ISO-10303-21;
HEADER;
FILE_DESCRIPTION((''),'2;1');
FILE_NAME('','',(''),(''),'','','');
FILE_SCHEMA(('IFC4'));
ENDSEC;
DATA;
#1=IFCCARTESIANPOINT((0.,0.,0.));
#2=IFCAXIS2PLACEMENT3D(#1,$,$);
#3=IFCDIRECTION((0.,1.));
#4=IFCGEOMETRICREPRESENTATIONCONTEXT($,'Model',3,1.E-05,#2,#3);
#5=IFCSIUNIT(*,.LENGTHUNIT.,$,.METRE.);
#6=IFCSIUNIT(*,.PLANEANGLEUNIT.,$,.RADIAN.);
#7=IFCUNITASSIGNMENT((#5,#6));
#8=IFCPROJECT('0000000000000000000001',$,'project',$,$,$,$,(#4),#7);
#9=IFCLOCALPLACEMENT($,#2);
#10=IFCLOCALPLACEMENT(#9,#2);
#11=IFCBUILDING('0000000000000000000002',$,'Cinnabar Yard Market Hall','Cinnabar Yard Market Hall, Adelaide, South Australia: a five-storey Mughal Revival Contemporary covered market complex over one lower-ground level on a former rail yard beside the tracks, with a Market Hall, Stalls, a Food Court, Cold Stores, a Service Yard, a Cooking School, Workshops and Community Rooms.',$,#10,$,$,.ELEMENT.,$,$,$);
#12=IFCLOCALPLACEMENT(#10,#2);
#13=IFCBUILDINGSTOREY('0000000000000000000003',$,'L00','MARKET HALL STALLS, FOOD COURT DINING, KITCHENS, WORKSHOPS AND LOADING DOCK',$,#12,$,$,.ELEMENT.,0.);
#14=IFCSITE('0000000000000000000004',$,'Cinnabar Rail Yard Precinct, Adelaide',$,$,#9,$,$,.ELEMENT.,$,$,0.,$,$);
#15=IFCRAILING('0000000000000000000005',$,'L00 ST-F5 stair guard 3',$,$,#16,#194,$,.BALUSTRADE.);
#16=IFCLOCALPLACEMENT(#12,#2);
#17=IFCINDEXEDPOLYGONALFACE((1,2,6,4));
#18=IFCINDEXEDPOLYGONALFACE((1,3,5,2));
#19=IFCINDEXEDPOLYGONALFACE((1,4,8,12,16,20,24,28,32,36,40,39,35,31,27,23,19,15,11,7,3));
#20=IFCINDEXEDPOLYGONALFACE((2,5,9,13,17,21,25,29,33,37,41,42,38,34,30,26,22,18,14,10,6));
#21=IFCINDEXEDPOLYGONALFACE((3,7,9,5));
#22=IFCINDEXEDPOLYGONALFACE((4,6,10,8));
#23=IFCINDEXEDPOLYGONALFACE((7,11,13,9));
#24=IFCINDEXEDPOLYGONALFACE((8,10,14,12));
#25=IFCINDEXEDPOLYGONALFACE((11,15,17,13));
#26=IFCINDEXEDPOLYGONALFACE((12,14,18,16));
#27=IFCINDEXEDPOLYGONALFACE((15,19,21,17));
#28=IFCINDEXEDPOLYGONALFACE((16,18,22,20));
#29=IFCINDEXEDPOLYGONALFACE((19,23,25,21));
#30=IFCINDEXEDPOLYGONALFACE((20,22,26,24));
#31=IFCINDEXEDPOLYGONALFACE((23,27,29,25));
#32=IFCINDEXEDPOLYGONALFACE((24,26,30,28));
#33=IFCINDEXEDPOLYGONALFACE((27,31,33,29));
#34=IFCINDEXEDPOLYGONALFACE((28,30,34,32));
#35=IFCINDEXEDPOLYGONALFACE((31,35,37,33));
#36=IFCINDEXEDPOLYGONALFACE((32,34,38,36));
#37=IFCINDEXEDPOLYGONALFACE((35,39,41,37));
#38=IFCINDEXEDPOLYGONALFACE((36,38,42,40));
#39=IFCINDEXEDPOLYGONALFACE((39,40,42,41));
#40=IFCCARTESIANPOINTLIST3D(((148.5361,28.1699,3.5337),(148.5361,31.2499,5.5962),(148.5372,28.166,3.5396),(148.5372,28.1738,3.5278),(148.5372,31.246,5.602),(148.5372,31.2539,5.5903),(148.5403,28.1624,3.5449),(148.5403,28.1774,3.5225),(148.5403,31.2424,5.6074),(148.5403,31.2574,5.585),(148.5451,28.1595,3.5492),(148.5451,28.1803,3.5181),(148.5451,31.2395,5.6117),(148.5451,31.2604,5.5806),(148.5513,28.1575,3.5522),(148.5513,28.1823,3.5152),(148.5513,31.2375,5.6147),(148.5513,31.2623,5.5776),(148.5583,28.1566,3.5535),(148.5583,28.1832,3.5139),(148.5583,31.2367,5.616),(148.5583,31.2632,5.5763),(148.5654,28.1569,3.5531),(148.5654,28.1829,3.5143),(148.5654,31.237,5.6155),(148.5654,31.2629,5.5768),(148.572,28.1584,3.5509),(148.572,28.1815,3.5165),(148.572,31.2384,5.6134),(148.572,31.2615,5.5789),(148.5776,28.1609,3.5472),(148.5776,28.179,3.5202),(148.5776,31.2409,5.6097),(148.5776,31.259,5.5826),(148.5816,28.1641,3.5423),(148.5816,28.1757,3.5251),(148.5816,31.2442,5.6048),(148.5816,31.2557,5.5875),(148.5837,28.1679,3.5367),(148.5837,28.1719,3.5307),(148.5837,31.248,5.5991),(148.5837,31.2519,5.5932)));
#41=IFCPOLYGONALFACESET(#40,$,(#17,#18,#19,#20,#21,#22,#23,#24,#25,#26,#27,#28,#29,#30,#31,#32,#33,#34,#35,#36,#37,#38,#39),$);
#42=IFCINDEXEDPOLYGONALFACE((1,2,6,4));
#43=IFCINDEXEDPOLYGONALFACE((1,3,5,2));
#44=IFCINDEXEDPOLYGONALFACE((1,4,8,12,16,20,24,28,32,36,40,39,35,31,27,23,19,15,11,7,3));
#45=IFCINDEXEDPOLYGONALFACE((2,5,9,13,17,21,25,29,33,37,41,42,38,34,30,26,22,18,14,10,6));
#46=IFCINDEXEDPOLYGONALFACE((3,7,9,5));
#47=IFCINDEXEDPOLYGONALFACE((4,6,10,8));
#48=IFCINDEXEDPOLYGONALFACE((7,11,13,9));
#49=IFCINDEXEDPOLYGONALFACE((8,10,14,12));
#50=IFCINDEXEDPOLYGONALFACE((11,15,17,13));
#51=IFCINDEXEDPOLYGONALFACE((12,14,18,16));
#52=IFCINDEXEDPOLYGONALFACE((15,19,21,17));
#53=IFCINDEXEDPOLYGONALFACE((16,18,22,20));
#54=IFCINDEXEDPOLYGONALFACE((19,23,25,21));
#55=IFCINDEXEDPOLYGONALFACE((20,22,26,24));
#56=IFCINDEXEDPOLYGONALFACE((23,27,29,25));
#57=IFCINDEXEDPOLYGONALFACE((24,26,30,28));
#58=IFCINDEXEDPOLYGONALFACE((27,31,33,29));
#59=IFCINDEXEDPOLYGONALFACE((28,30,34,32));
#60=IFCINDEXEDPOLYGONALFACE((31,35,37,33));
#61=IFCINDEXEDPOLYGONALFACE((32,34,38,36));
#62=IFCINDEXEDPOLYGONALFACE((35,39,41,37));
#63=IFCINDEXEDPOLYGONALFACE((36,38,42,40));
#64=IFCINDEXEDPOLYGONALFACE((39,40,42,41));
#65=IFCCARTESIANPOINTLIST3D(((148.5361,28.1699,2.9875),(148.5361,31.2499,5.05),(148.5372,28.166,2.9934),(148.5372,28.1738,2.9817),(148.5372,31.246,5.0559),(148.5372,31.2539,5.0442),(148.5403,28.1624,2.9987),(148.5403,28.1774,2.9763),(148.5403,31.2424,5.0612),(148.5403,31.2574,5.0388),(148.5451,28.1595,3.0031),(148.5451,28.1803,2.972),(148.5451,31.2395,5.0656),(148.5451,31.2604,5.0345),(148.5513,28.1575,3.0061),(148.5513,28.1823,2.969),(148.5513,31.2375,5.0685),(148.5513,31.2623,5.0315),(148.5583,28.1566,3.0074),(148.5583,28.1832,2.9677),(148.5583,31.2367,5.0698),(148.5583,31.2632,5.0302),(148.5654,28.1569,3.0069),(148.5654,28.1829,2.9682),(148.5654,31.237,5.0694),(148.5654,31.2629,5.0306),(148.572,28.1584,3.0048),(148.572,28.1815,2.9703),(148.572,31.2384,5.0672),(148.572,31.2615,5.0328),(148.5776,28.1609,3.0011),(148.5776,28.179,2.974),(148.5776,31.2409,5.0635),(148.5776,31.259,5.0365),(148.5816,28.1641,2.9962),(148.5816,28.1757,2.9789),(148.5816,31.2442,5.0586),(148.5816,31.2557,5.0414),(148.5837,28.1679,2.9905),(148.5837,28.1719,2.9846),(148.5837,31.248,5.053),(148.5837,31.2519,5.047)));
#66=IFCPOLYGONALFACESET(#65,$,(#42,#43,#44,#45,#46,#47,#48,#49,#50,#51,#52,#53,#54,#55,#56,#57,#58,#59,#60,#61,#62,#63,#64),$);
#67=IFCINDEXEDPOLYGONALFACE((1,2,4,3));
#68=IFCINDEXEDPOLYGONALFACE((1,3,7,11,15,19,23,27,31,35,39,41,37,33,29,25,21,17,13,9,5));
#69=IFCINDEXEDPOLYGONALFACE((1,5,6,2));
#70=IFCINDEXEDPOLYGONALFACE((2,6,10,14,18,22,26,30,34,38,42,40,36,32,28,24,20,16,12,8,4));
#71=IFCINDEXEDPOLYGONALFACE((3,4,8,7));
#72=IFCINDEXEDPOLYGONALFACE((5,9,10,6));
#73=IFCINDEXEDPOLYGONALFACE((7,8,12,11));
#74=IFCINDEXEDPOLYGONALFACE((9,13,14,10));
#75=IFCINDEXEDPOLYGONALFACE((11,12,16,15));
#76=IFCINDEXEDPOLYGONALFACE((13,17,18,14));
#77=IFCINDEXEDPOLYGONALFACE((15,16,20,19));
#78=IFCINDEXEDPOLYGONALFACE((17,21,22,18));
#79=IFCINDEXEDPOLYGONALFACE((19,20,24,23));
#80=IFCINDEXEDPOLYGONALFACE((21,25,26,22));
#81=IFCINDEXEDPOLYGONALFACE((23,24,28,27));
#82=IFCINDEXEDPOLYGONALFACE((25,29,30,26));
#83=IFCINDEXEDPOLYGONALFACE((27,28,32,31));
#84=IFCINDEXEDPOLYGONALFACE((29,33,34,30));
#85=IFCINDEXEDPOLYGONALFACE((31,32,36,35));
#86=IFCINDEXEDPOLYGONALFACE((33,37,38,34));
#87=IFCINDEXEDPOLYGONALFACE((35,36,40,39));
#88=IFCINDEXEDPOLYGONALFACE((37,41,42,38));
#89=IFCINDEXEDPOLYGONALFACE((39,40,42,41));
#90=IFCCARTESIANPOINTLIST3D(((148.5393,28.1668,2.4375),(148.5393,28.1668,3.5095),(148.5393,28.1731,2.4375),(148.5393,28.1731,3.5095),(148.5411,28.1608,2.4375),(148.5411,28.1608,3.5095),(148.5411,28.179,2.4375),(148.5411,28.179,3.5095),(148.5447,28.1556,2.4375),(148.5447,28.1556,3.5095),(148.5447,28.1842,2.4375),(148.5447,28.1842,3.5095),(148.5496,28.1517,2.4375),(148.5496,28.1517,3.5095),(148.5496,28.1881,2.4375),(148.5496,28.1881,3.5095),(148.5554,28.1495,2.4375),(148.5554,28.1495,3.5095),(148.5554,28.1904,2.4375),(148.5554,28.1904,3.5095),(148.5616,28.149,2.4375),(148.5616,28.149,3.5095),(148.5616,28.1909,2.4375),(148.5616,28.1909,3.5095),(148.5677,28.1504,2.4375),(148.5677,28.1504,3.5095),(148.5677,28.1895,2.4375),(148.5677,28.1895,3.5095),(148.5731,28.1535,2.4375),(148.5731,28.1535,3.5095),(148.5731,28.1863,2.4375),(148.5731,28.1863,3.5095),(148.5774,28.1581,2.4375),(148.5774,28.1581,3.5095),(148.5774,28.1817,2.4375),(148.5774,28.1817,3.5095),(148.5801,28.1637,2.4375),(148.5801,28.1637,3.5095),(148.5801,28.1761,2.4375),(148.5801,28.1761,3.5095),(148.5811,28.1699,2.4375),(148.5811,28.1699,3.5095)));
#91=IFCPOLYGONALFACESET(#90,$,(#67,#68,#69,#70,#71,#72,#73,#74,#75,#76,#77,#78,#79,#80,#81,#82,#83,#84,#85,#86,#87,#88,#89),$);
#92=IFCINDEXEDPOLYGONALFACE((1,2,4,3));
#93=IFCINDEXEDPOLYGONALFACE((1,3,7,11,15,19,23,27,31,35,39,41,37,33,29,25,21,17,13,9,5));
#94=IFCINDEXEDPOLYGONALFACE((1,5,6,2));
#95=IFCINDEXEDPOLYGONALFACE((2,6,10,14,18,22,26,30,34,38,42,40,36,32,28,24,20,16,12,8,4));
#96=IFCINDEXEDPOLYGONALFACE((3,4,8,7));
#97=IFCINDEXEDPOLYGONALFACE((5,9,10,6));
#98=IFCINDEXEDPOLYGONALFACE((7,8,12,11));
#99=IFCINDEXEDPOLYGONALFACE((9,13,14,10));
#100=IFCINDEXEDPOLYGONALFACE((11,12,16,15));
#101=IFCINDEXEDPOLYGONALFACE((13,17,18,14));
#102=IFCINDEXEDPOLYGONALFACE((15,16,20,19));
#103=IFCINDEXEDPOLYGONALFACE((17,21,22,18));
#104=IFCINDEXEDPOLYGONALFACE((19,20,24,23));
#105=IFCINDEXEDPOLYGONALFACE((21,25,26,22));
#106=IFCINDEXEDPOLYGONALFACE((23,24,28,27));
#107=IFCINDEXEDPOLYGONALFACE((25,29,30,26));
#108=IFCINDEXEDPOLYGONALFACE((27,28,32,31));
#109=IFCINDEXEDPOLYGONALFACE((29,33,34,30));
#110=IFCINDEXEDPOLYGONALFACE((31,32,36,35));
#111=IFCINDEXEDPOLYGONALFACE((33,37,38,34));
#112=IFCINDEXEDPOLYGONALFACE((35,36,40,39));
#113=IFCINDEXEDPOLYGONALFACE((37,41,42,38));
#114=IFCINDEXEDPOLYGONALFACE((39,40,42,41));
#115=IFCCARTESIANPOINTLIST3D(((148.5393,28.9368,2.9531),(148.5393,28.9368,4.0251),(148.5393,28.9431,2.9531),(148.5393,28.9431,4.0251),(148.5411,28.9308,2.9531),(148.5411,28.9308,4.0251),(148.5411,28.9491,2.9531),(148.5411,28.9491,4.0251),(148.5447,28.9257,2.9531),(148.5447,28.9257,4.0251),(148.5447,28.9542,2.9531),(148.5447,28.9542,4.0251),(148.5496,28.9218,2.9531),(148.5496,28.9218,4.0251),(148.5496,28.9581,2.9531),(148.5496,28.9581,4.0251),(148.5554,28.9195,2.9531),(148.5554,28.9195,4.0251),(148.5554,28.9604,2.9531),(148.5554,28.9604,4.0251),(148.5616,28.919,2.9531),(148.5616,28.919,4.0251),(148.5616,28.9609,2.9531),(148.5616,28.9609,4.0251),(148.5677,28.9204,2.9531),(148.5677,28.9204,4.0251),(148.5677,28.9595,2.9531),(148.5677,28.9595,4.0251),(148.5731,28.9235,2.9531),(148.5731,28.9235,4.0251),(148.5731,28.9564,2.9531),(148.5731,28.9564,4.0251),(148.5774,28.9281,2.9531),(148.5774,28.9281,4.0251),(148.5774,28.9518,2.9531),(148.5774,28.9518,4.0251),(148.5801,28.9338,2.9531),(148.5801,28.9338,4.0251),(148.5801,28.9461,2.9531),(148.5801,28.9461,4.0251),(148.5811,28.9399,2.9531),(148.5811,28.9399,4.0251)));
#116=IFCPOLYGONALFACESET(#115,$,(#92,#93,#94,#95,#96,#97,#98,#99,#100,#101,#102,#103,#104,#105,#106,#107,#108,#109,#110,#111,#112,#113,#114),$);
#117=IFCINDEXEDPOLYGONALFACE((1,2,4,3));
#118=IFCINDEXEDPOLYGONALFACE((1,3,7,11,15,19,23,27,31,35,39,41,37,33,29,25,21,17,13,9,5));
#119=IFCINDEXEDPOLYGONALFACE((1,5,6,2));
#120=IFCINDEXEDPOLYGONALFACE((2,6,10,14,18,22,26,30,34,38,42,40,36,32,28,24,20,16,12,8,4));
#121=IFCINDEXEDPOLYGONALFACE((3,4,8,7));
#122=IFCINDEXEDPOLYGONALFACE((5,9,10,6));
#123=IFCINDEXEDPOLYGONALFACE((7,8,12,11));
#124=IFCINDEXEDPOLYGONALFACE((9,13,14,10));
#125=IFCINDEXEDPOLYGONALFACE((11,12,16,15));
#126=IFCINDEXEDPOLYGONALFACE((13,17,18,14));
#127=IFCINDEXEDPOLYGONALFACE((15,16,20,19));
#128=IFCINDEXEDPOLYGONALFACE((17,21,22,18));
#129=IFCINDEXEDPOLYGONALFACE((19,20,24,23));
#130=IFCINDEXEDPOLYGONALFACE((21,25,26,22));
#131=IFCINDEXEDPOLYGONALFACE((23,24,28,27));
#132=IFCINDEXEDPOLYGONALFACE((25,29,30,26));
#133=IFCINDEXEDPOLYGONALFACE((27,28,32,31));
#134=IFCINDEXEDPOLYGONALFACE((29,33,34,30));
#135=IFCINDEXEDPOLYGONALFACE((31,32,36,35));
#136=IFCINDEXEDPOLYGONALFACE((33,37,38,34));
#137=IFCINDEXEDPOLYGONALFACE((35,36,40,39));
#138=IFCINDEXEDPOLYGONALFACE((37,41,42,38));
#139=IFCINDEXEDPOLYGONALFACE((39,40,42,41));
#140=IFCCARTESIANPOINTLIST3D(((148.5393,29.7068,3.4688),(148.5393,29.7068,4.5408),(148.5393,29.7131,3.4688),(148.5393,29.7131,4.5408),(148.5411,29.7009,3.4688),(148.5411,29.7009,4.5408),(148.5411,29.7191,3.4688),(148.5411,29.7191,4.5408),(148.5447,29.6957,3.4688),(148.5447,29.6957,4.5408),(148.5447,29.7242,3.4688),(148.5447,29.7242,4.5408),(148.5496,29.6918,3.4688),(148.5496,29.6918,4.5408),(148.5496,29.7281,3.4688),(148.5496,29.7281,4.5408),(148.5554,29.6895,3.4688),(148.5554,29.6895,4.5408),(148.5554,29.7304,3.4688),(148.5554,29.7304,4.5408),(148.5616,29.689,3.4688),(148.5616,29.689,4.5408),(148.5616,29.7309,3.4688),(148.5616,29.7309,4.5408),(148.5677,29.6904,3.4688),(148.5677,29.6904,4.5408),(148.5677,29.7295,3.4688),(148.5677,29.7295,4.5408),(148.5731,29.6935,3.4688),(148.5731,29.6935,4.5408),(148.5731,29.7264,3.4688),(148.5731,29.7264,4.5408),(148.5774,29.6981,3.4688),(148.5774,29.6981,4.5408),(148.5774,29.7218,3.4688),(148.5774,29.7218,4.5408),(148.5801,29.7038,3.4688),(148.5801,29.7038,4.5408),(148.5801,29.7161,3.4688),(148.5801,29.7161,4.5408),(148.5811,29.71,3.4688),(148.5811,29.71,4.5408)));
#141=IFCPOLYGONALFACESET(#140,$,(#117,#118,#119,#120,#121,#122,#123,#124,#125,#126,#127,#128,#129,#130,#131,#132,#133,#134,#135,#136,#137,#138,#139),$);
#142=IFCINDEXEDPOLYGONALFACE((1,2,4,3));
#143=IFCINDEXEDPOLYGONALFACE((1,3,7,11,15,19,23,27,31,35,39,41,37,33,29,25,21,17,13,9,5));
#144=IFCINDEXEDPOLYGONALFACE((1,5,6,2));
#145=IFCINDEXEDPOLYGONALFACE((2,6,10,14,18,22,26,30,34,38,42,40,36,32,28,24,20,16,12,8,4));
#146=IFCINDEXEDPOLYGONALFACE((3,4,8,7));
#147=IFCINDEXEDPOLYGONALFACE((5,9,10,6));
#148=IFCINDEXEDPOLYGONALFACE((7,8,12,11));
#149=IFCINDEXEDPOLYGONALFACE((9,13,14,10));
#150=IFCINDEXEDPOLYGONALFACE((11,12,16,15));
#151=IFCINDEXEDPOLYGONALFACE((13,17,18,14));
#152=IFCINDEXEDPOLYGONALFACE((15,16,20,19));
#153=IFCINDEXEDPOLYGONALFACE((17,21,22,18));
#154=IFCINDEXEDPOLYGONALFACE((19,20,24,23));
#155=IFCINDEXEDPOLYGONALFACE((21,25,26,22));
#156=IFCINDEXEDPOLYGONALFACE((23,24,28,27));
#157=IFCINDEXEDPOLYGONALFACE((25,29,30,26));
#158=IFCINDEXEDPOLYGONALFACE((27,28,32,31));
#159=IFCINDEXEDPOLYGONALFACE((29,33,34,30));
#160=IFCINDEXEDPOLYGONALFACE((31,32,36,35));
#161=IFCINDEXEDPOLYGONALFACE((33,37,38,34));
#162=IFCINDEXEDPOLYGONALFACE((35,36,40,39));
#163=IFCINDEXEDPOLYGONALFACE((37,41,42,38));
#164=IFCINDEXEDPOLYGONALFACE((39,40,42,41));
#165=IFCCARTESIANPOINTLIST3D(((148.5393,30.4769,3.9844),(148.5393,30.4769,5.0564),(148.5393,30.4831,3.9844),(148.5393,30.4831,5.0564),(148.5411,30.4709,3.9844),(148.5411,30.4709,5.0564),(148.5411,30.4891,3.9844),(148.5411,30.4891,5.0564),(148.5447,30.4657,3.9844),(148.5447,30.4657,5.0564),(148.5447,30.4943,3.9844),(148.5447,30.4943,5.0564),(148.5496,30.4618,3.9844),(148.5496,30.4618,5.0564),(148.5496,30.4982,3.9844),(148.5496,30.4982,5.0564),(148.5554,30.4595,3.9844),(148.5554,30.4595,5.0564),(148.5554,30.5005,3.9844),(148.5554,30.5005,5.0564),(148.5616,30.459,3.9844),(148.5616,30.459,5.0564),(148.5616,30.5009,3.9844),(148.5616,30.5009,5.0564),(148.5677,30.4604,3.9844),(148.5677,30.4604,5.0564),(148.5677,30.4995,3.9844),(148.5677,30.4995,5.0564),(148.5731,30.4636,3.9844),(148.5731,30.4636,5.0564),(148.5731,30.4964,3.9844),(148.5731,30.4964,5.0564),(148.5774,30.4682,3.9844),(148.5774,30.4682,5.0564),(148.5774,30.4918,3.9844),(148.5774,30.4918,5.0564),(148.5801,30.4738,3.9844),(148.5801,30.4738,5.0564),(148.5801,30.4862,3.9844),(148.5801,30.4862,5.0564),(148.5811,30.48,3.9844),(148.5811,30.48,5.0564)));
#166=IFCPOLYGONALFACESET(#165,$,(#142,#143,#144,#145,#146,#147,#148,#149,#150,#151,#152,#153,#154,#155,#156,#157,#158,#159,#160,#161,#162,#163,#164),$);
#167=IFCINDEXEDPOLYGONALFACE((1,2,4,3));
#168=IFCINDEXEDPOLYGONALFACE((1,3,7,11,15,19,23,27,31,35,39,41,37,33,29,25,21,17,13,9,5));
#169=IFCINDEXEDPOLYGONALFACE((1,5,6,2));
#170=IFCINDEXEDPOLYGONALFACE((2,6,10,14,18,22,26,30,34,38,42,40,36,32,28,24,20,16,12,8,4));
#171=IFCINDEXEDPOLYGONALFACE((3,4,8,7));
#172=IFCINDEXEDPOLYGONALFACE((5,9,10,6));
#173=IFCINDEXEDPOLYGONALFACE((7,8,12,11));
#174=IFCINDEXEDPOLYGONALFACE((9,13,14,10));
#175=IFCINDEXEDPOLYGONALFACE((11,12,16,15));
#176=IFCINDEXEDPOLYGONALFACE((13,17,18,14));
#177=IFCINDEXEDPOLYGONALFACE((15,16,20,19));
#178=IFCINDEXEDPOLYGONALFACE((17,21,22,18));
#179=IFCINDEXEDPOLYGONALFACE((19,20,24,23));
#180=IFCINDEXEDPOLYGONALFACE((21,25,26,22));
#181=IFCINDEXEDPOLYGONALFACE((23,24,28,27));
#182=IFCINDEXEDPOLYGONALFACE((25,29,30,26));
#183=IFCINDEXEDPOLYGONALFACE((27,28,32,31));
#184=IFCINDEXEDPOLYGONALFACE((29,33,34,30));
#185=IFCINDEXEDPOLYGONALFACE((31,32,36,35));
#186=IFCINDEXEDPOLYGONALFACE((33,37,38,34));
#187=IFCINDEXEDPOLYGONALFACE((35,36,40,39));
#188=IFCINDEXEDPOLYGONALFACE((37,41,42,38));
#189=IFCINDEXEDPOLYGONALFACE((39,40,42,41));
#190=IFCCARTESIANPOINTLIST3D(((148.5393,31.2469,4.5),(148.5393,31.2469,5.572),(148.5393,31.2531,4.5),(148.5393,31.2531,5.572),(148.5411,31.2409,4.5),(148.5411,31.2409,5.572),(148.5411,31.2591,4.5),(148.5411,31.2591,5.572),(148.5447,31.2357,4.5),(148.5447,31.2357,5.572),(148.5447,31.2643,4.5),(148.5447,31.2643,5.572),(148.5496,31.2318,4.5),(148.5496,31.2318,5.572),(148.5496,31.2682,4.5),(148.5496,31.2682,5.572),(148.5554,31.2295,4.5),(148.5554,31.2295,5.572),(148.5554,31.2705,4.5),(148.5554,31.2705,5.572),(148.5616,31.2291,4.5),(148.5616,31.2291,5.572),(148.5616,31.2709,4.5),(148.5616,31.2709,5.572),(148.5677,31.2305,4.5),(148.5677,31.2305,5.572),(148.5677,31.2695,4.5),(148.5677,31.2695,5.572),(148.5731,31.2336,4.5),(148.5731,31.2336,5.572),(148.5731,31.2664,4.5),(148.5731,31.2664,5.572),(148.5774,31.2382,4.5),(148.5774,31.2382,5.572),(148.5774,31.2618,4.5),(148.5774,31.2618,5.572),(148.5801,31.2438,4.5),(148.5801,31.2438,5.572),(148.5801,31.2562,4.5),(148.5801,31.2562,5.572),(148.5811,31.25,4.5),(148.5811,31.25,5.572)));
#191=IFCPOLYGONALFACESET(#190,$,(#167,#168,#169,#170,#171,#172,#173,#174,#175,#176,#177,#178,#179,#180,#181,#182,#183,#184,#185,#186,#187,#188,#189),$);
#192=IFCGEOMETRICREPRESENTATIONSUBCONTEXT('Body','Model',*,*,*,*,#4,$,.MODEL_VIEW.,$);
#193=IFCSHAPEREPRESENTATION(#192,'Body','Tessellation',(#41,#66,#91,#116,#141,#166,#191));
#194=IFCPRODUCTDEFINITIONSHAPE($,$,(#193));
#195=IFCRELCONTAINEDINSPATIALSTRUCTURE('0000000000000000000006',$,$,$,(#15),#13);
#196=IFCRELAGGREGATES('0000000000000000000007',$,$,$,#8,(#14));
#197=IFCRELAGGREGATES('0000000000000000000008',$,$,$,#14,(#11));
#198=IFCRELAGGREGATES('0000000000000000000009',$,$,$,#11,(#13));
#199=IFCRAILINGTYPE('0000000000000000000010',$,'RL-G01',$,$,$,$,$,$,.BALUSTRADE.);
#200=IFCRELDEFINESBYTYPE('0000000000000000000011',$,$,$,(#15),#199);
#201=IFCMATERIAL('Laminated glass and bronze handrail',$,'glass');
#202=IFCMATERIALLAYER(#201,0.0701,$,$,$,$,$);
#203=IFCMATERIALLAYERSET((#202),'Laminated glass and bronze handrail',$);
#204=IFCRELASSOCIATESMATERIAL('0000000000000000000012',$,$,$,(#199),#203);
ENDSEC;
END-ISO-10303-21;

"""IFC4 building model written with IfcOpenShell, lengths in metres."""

from ifc_helpers import new_model, si_unit, direction, frame, origin, origin_2d_with_axis, place, context, subcontext, project, spatial, circle, extrude, material, layer, layer_set, type_object, element, save


model = new_model("IFC4")

# Units and contexts
model_context = context("Model", 3, precision=1e-05, world=origin(), true_north=direction((0.0, 1.0)))
body_context = subcontext(model_context, "Body", "Model", "MODEL_VIEW")
ifc_project = project(units=[si_unit("LENGTHUNIT", "METRE"), si_unit("PLANEANGLEUNIT", "RADIAN")], contexts=[model_context])

# Site, building, storey
site_placement = place(None, origin())
site = spatial("IfcSite", under=ifc_project, at=site_placement, Name="Cinnabar Rail Yard Precinct, Adelaide", CompositionType="ELEMENT", RefElevation=0.0)
building_placement = place(site_placement, origin())
building = spatial("IfcBuilding", under=site, at=building_placement, Name="Cinnabar Yard Market Hall", Description="Cinnabar Yard Market Hall, Adelaide, South Australia: a five-storey Mughal Revival Contemporary covered market complex over one lower-ground level on a former rail yard beside the tracks, with a Market Hall, Stalls, a Food Court, Cold Stores, a Service Yard, a Cooking School, Workshops and Community Rooms.", CompositionType="ELEMENT")
storey_placement = place(building_placement, origin())
storey = spatial("IfcBuildingStorey", under=building, at=storey_placement, Name="L00", Description="MARKET HALL STALLS, FOOD COURT DINING, KITCHENS, WORKSHOPS AND LOADING DOCK", CompositionType="ELEMENT", Elevation=0.0)

# Railing
ifc_material_1 = material(Name="Laminated glass and bronze handrail", Category="glass")
ifc_layer_1 = layer(ifc_material_1, 0.0701)
ifc_layer_set_1 = layer_set([ifc_layer_1], Name="Laminated glass and bronze handrail")
railing_type_1 = type_object("IfcRailingType", Name="RL-G01", PredefinedType="BALUSTRADE", material=ifc_layer_set_1)
railing_1_placement = place(storey_placement, frame((148.5601, 28.1699, 2.4375)))
element("IfcRailing", 1, at=railing_1_placement, inside=storey, type_object=railing_type_1, Name="L00 ST-F5 stair guard 3", PredefinedType="BALUSTRADE", context=body_context, shape_type="SweptSolid", body=[
    extrude(circle(Radius=0.0239, at=origin_2d_with_axis()), frame((0.0, 0.0, 1.0962), z_axis=(0.0, 0.830914, 0.556401), x_axis=(-1.0, 0.0, 0.0)), (0.0, 0.0, 1.0), 3.7068),
    extrude(circle(Radius=0.0239, at=origin_2d_with_axis()), frame((0.0, 0.0, 0.55), z_axis=(0.0, 0.830914, 0.556401), x_axis=(-1.0, 0.0, 0.0)), (0.0, 0.0, 1.0), 3.7068),
    extrude(circle(Radius=0.021, at=origin_2d_with_axis()), origin(), (0.0, 0.0, 1.0), 1.072),
    extrude(circle(Radius=0.021, at=origin_2d_with_axis()), frame((0.0, 0.77, 0.5156)), (0.0, 0.0, 1.0), 1.072),
    extrude(circle(Radius=0.021, at=origin_2d_with_axis()), frame((0.0, 1.54, 1.0312)), (0.0, 0.0, 1.0), 1.072),
    extrude(circle(Radius=0.021, at=origin_2d_with_axis()), frame((0.0, 2.3101, 1.5469)), (0.0, 0.0, 1.0), 1.072),
    extrude(circle(Radius=0.021, at=origin_2d_with_axis()), frame((0.0, 3.0801, 2.0625)), (0.0, 0.0, 1.0), 1.072),
])

save(model, "model.ifc")
